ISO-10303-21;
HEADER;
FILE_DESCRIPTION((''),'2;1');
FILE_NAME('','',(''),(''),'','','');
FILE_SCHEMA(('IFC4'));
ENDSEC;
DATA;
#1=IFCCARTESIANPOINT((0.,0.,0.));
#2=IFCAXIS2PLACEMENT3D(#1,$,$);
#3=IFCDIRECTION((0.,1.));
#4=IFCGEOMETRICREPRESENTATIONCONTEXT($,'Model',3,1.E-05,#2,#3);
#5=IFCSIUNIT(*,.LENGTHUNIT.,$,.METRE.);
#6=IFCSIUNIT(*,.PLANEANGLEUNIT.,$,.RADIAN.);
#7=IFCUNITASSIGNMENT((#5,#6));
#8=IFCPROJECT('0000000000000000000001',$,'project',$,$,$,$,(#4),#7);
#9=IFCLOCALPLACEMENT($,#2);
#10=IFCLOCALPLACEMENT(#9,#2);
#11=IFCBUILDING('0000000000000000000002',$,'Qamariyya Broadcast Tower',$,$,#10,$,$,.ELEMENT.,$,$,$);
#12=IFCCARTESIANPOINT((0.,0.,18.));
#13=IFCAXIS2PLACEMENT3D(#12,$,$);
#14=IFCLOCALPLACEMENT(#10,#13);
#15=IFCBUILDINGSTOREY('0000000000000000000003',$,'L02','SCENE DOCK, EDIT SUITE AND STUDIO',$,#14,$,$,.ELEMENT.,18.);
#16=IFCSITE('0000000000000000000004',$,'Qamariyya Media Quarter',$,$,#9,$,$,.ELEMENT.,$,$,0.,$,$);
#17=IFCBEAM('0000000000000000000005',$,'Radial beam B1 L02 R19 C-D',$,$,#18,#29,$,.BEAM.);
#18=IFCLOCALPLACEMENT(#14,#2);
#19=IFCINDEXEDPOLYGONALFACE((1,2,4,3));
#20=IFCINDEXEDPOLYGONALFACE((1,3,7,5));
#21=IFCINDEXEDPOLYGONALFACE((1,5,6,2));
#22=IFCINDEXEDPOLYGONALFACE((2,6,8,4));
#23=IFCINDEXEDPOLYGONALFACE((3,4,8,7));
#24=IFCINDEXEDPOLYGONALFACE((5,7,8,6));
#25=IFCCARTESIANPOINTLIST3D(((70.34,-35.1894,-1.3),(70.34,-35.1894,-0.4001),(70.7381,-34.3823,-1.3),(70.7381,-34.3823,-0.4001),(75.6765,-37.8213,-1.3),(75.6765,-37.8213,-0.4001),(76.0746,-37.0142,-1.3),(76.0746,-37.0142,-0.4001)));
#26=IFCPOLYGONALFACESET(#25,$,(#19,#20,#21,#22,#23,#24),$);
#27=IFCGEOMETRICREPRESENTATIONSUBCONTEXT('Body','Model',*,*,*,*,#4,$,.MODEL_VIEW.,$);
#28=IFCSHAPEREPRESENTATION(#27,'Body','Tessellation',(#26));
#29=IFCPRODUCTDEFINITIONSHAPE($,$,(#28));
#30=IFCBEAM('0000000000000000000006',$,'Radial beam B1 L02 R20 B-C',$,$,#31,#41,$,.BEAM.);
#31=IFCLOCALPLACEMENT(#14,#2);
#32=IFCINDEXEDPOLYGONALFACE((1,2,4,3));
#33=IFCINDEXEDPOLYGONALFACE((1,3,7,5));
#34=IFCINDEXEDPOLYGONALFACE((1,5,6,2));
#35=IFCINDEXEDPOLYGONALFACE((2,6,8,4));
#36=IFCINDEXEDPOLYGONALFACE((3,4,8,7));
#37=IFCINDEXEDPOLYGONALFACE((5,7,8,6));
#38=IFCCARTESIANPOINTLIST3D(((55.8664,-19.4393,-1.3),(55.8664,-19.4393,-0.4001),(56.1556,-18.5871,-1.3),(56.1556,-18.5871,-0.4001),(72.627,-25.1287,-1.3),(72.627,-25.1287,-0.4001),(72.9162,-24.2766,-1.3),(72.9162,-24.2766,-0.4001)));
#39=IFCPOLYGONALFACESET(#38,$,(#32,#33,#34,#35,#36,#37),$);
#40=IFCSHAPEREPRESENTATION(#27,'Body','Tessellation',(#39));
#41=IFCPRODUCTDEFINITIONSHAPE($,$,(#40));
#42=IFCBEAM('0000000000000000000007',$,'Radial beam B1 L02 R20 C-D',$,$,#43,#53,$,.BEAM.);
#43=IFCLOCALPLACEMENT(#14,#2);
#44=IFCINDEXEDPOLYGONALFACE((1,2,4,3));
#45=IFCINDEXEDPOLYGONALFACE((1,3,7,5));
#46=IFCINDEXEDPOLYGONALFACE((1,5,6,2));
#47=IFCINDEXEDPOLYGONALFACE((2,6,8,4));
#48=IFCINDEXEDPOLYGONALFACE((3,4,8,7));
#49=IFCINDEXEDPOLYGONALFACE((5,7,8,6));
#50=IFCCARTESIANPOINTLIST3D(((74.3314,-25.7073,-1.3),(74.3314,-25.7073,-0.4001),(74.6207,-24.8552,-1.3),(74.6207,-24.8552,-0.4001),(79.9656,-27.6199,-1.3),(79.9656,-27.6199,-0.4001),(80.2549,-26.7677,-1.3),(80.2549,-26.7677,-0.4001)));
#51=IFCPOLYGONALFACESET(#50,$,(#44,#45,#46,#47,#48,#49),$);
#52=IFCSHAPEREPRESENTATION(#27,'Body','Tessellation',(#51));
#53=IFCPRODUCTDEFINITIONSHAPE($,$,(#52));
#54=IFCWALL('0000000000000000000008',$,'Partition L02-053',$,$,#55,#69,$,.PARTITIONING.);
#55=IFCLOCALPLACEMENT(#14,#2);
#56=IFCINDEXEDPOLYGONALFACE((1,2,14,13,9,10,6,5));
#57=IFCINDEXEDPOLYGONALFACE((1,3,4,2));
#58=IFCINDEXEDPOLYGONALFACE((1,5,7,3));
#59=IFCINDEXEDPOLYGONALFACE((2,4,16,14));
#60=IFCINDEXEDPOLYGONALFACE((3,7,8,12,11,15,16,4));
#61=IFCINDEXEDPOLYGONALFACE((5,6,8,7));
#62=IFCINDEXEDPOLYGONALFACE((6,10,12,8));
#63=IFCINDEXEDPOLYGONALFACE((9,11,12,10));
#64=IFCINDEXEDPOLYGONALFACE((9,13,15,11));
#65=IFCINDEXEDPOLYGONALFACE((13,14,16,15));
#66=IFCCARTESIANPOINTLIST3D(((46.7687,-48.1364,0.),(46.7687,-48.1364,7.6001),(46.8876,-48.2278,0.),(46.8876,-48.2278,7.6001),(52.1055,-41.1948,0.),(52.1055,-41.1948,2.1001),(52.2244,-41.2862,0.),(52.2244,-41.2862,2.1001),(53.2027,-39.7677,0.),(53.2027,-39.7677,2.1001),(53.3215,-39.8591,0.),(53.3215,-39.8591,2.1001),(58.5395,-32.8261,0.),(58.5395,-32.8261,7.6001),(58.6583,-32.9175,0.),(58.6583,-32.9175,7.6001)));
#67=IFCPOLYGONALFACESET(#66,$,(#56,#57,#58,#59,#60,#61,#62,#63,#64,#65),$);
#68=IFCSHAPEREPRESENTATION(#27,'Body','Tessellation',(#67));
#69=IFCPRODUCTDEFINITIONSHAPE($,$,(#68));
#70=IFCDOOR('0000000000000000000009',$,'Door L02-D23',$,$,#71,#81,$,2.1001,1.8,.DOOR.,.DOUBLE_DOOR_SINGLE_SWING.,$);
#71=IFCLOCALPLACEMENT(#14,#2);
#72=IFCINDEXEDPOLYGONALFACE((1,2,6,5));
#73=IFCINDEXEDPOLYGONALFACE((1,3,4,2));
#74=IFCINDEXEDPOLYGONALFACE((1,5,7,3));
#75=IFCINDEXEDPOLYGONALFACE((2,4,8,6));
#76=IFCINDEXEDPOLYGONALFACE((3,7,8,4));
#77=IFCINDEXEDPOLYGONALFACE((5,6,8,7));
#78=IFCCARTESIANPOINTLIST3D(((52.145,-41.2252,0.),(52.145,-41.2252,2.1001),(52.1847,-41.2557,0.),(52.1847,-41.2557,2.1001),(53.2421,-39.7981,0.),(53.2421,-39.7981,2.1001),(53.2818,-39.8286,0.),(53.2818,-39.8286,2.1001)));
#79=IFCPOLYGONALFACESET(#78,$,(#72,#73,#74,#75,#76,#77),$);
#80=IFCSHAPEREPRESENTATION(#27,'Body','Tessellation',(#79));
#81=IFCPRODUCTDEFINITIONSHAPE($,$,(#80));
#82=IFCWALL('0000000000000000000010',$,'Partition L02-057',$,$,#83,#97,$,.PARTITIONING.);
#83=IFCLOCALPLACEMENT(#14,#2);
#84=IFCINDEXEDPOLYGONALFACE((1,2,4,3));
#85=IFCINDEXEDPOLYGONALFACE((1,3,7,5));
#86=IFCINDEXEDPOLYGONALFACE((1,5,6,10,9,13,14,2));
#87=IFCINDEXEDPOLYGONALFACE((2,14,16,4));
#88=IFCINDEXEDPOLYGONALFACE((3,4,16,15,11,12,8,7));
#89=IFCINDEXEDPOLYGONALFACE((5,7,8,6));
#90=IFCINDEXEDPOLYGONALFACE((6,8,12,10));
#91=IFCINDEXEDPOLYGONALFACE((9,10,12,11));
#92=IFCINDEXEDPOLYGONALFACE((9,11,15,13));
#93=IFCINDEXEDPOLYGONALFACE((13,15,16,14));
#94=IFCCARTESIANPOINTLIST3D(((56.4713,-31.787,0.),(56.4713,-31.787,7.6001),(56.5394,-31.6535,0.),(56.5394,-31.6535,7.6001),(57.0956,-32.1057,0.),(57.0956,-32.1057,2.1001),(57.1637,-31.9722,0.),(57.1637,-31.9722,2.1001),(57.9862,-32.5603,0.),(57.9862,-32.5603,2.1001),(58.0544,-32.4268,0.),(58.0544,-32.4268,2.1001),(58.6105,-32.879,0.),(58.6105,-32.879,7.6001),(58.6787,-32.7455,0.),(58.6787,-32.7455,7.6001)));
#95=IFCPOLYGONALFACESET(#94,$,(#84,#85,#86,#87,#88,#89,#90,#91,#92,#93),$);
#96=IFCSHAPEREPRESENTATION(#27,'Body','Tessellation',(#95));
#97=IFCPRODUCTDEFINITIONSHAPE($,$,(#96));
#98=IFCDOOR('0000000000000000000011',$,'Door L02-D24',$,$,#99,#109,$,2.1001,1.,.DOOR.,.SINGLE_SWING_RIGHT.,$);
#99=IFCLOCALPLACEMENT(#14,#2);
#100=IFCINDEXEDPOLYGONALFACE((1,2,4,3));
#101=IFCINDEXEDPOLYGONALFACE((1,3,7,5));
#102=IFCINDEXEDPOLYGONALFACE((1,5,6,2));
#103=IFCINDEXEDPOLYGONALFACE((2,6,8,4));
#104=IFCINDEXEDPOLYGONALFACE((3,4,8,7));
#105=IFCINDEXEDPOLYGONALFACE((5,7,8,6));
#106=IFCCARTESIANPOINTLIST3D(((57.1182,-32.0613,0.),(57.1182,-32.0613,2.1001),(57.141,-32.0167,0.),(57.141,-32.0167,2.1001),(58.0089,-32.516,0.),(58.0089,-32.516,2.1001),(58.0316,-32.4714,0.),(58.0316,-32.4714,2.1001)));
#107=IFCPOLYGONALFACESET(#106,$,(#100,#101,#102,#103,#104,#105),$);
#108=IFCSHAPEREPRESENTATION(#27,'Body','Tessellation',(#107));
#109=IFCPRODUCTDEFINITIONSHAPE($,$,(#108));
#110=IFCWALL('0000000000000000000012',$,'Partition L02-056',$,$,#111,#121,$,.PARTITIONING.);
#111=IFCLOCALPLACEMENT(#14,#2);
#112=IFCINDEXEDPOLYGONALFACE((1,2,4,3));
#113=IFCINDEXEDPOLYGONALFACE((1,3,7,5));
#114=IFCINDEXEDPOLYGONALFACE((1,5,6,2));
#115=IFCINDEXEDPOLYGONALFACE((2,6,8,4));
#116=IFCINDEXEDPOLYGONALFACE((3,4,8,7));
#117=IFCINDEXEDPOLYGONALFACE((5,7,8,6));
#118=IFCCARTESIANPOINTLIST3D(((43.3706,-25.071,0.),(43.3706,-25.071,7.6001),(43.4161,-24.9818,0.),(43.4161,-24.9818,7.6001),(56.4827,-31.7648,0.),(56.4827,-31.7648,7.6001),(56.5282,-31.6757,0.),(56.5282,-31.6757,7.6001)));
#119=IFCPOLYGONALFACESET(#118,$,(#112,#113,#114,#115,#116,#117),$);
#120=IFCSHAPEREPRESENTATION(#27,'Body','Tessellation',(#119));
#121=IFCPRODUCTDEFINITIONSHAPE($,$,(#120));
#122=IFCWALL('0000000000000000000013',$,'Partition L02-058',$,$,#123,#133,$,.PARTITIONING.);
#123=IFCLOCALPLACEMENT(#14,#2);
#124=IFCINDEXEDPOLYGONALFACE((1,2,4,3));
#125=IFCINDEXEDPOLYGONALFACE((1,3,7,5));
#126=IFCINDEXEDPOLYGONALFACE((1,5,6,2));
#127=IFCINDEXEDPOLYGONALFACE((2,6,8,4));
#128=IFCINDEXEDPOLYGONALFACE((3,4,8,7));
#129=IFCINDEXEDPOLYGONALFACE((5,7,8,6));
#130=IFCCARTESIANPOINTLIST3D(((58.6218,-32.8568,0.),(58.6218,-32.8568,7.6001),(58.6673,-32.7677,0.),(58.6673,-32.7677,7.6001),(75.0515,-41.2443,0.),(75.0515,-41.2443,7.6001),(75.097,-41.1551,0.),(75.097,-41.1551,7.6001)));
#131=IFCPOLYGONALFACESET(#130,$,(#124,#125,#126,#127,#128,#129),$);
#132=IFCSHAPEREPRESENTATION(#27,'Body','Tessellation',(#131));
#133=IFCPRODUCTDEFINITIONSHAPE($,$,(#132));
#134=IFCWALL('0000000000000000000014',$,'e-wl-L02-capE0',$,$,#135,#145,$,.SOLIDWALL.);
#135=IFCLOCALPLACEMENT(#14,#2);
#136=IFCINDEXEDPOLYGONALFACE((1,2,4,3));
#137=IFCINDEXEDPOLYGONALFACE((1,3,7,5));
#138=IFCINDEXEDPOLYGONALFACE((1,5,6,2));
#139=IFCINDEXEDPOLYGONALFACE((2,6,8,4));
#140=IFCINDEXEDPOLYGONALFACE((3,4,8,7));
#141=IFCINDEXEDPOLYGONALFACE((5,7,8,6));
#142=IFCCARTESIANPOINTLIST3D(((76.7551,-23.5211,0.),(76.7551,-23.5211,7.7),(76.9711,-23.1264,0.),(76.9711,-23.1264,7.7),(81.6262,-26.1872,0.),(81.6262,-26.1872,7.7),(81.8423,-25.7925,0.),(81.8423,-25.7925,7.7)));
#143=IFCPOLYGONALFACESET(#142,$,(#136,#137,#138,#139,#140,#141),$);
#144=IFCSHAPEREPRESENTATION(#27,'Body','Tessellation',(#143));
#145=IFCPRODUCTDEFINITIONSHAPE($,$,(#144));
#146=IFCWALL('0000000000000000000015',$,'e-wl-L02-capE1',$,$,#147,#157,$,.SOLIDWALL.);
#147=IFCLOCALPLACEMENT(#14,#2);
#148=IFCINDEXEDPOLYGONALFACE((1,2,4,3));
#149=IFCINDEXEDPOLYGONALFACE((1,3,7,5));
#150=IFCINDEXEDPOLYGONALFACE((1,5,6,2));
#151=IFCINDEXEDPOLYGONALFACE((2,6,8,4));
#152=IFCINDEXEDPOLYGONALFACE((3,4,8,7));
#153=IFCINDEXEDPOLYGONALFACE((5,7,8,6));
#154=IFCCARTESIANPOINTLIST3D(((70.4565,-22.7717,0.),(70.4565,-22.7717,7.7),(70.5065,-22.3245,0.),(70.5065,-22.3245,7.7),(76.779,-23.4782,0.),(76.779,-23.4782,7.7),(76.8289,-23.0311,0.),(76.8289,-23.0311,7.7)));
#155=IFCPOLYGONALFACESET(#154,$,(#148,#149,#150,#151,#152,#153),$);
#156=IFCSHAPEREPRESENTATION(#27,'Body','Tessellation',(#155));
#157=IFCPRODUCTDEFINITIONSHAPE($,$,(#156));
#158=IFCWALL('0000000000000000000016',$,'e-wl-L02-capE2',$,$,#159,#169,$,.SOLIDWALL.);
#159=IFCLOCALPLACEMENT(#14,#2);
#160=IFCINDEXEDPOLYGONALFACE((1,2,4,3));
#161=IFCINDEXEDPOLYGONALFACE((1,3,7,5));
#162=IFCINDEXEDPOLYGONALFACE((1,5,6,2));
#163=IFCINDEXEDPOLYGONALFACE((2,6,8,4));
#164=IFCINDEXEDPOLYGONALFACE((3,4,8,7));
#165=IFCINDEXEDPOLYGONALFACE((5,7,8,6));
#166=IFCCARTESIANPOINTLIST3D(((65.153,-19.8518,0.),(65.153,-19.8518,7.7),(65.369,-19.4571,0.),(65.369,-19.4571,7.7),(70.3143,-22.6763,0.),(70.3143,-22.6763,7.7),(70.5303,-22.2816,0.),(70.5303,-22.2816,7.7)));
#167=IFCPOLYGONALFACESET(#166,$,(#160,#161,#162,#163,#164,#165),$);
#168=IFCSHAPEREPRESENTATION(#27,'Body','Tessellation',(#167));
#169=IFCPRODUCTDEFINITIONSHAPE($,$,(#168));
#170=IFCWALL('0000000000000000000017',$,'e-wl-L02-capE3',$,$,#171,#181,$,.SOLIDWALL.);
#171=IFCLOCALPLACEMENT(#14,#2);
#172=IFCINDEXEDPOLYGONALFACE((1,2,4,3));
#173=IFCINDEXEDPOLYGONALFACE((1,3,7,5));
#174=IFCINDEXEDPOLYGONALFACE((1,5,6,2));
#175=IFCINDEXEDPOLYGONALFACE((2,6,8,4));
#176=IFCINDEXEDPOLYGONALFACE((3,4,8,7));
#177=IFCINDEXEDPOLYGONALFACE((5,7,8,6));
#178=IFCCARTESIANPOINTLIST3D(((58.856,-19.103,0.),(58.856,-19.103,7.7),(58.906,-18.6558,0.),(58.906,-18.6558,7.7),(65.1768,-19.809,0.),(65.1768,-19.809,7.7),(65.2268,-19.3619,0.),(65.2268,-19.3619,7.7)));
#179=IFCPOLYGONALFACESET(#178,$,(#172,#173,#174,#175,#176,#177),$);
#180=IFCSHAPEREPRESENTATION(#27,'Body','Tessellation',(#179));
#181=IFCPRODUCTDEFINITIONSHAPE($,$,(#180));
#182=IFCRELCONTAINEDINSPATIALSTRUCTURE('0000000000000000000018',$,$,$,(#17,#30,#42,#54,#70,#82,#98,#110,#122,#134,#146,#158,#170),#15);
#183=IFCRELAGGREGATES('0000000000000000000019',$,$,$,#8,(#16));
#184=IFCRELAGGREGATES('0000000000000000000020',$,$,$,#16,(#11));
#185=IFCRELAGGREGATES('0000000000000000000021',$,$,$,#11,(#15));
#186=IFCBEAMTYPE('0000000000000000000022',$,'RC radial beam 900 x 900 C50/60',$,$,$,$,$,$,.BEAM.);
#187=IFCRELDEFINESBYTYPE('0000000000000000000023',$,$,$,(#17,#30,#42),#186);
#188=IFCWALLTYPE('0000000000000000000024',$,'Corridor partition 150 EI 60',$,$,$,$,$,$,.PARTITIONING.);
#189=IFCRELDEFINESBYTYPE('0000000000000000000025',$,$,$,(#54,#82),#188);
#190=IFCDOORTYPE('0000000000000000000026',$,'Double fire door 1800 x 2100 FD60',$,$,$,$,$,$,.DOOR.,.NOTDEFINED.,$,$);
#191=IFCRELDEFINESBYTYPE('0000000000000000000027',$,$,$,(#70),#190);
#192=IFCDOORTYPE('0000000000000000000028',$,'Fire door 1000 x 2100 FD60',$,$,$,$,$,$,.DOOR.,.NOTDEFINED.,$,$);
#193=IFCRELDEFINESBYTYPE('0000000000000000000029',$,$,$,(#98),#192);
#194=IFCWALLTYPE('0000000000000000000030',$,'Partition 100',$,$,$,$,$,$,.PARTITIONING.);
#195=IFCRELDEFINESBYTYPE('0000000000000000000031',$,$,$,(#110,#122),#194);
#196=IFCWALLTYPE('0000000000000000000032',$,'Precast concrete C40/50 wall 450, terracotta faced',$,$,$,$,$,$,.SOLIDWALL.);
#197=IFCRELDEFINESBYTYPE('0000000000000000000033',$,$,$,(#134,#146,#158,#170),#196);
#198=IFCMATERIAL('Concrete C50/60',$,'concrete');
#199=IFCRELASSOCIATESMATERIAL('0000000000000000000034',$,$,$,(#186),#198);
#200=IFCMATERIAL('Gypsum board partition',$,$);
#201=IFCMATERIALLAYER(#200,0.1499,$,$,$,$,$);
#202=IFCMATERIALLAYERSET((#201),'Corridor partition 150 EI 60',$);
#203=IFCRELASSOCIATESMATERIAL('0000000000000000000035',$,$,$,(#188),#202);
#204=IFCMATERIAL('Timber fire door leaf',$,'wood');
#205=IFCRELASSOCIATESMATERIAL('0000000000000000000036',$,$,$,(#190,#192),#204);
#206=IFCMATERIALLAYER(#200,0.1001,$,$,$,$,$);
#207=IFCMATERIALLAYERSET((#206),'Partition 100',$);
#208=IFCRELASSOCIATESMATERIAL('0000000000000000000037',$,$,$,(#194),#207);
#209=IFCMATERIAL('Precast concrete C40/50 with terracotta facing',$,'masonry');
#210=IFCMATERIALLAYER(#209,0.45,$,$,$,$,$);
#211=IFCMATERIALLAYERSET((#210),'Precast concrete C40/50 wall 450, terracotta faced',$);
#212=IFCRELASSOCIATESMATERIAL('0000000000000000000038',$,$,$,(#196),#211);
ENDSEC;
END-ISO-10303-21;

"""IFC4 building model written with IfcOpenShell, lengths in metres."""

from ifc_helpers import new_model, si_unit, direction, frame, frame_2d, origin, origin_2d, place, context, subcontext, project, spatial, rectangle, extrude, material, layer, layer_set, material_profile, profile_set, type_object, element, fill, save


model = new_model("IFC4")

# Units and contexts
model_context = context("Model", 3, precision=1e-05, world=origin(), true_north=direction((0.0, 1.0)))
body_context = subcontext(model_context, "Body", "Model", "MODEL_VIEW")
ifc_project = project(units=[si_unit("LENGTHUNIT", "METRE"), si_unit("PLANEANGLEUNIT", "RADIAN")], contexts=[model_context])

# Site, building, storey
site_placement = place(None, origin())
site = spatial("IfcSite", under=ifc_project, at=site_placement, Name="Qamariyya Media Quarter", CompositionType="ELEMENT", RefElevation=0.0)
building_placement = place(site_placement, origin())
building = spatial("IfcBuilding", under=site, at=building_placement, Name="Qamariyya Broadcast Tower", CompositionType="ELEMENT")
storey_placement = place(building_placement, frame((0.0, 0.0, 18.0)))
storey = spatial("IfcBuildingStorey", under=building, at=storey_placement, Name="L02", Description="SCENE DOCK, EDIT SUITE AND STUDIO", CompositionType="ELEMENT", Elevation=18.0)

# Beams
ifc_material_1 = material(Name="Concrete C50/60", Category="concrete")
ifc_material_profile_1 = material_profile(ifc_material_1, rectangle(XDim=0.8999, YDim=0.8999, at=origin_2d()))
ifc_profile_set_1 = profile_set([ifc_material_profile_1], Name="Concrete C50/60")
beam_type_1 = type_object("IfcBeamType", Name="RC radial beam 900 x 900 C50/60", PredefinedType="BEAM", material=ifc_profile_set_1)
beam_1_placement = place(storey_placement, frame((70.5391, -34.7859, -0.8501), z_axis=(0.896859, -0.442316, 0.0), x_axis=(0.442316, 0.896859, 0.0)))
element("IfcBeam", 1, at=beam_1_placement, inside=storey, type_object=beam_type_1, Name="Radial beam B1 L02 R19 C-D", PredefinedType="BEAM", context=body_context, shape_type="SweptSolid", body=[
    extrude(rectangle(XDim=0.8999, YDim=0.8999, at=origin_2d()), origin(), (0.0, 0.0, 1.0), 5.9502),
])
beam_2_placement = place(storey_placement, frame((56.011, -19.0132, -0.8501), z_axis=(0.94693, -0.321441, 0.0), x_axis=(0.321441, 0.94693, 0.0)))
element("IfcBeam", 2, at=beam_2_placement, inside=storey, type_object=beam_type_1, Name="Radial beam B1 L02 R20 B-C", PredefinedType="BEAM", context=body_context, shape_type="SweptSolid", body=[
    extrude(rectangle(XDim=0.8999, YDim=0.8999, at=origin_2d()), origin(), (0.0, 0.0, 1.0), 17.7),
])
beam_3_placement = place(storey_placement, frame((74.4761, -25.2812, -0.8501), z_axis=(0.946929, -0.321442, 0.0), x_axis=(0.321442, 0.946929, 0.0)))
element("IfcBeam", 3, at=beam_3_placement, inside=storey, type_object=beam_type_1, Name="Radial beam B1 L02 R20 C-D", PredefinedType="BEAM", context=body_context, shape_type="SweptSolid", body=[
    extrude(rectangle(XDim=0.8999, YDim=0.8999, at=origin_2d()), origin(), (0.0, 0.0, 1.0), 5.95),
])

# Walls, openings, doors
ifc_material_2 = material(Name="Gypsum board partition")
ifc_layer_1 = layer(ifc_material_2, 0.1499)
ifc_layer_set_1 = layer_set([ifc_layer_1], Name="Corridor partition 150 EI 60")
wall_type_1 = type_object("IfcWallType", Name="Corridor partition 150 EI 60", PredefinedType="PARTITIONING", material=ifc_layer_set_1)
wall_1_placement = place(storey_placement, frame((58.5989, -32.8718, 0.0), z_axis=(0.0, 0.0, 1.0), x_axis=(-0.609502, -0.792784, 0.0)))
wall_1 = element("IfcWall", 4, at=wall_1_placement, inside=storey, type_object=wall_type_1, Name="Partition L02-053", PredefinedType="PARTITIONING", context=body_context, shape_type="SweptSolid", body=[
    extrude(rectangle(XDim=19.312, YDim=0.1499, at=frame_2d((9.656, 0.0))), origin(), (0.0, 0.0, 1.0), 7.6001),
])
opening_1_placement = place(wall_1_placement, frame((8.7561, 0.0, 0.0)))
opening_1 = element("IfcOpeningElement", 5, at=opening_1_placement, cuts=wall_1, PredefinedType="OPENING", context=body_context, shape_type="SweptSolid", body=[
    extrude(rectangle(XDim=1.8, YDim=2.1001, at=frame_2d((0.8999, 1.05))), frame((0.0, 0.085, 0.0), z_axis=(0.0, -1.0, 0.0), x_axis=(1.0, 0.0, 0.0)), (0.0, 0.0, 1.0), 0.1699),
])
ifc_material_3 = material(Name="Timber fire door leaf", Category="wood")
door_type_1 = type_object("IfcDoorType", Name="Double fire door 1800 x 2100 FD60", OperationType="NOTDEFINED", PredefinedType="DOOR", material=ifc_material_3)
door_1_placement = place(opening_1_placement, origin())
door_1 = element("IfcDoor", 6, at=door_1_placement, inside=storey, type_object=door_type_1, Name="Door L02-D23", OperationType="DOUBLE_DOOR_SINGLE_SWING", OverallHeight=2.1001, OverallWidth=1.8, PredefinedType="DOOR", context=body_context, shape_type="SweptSolid", body=[
    extrude(rectangle(XDim=1.8, YDim=2.1001, at=frame_2d((0.8999, 1.05))), frame((0.0, 0.0249, 0.0), z_axis=(0.0, -1.0, 0.0), x_axis=(1.0, 0.0, 0.0)), (0.0, 0.0, 1.0), 0.05),
])
fill(opening_1, door_1)
wall_2_placement = place(storey_placement, frame((56.5054, -31.7202, 0.0), z_axis=(0.0, 0.0, 1.0), x_axis=(0.890655, -0.454679, 0.0)))
wall_2 = element("IfcWall", 7, at=wall_2_placement, inside=storey, type_object=wall_type_1, Name="Partition L02-057", PredefinedType="PARTITIONING", context=body_context, shape_type="SweptSolid", body=[
    extrude(rectangle(XDim=2.4019, YDim=0.1499, at=frame_2d((1.2009, 0.0))), origin(), (0.0, 0.0, 1.0), 7.6001),
])
opening_2_placement = place(wall_2_placement, frame((0.7009, 0.0, 0.0)))
opening_2 = element("IfcOpeningElement", 8, at=opening_2_placement, cuts=wall_2, PredefinedType="OPENING", context=body_context, shape_type="SweptSolid", body=[
    extrude(rectangle(XDim=1.0, YDim=2.1001, at=frame_2d((0.5, 1.05))), frame((0.0, 0.085, 0.0), z_axis=(0.0, -1.0, 0.0), x_axis=(1.0, 0.0, 0.0)), (0.0, 0.0, 1.0), 0.1699),
])
door_type_2 = type_object("IfcDoorType", Name="Fire door 1000 x 2100 FD60", OperationType="NOTDEFINED", PredefinedType="DOOR", material=ifc_material_3)
door_2_placement = place(opening_2_placement, origin())
door_2 = element("IfcDoor", 9, at=door_2_placement, inside=storey, type_object=door_type_2, Name="Door L02-D24", OperationType="SINGLE_SWING_RIGHT", OverallHeight=2.1001, OverallWidth=1.0, PredefinedType="DOOR", context=body_context, shape_type="SweptSolid", body=[
    extrude(rectangle(XDim=1.0, YDim=2.1001, at=frame_2d((0.5, 1.05))), frame((0.0, 0.0249, 0.0), z_axis=(0.0, -1.0, 0.0), x_axis=(1.0, 0.0, 0.0)), (0.0, 0.0, 1.0), 0.05),
])
fill(opening_2, door_2)

# Walls
ifc_layer_2 = layer(ifc_material_2, 0.1001)
ifc_layer_set_2 = layer_set([ifc_layer_2], Name="Partition 100")
wall_type_2 = type_object("IfcWallType", Name="Partition 100", PredefinedType="PARTITIONING", material=ifc_layer_set_2)
wall_3_placement = place(storey_placement, frame((56.5054, -31.7202, 0.0), z_axis=(0.0, 0.0, 1.0), x_axis=(-0.890651, 0.454687, 0.0)))
element("IfcWall", 10, at=wall_3_placement, inside=storey, type_object=wall_type_2, Name="Partition L02-056", PredefinedType="PARTITIONING", context=body_context, shape_type="SweptSolid", body=[
    extrude(rectangle(XDim=14.7219, YDim=0.1001, at=frame_2d((7.3608, 0.0))), origin(), (0.0, 0.0, 1.0), 7.6001),
])
wall_4_placement = place(storey_placement, frame((75.0742, -41.1997, 0.0), z_axis=(0.0, 0.0, 1.0), x_axis=(-0.890653, 0.454684, 0.0)))
element("IfcWall", 11, at=wall_4_placement, inside=storey, type_object=wall_type_2, Name="Partition L02-058", PredefinedType="PARTITIONING", context=body_context, shape_type="SweptSolid", body=[
    extrude(rectangle(XDim=18.4468, YDim=0.1001, at=frame_2d((9.2234, 0.0))), origin(), (0.0, 0.0, 1.0), 7.6001),
])
ifc_material_4 = material(Name="Precast concrete C40/50 with terracotta facing", Category="masonry")
ifc_layer_3 = layer(ifc_material_4, 0.45)
ifc_layer_set_3 = layer_set([ifc_layer_3], Name="Precast concrete C40/50 wall 450, terracotta faced")
wall_type_3 = type_object("IfcWallType", Name="Precast concrete C40/50 wall 450, terracotta faced", PredefinedType="SOLIDWALL", material=ifc_layer_set_3)
wall_5_placement = place(storey_placement, frame((81.7341, -25.9897, 0.0), z_axis=(0.0, 0.0, 1.0), x_axis=(-0.877209, 0.480108, 0.0)))
element("IfcWall", 12, at=wall_5_placement, inside=storey, type_object=wall_type_3, Name="e-wl-L02-capE0", PredefinedType="SOLIDWALL", context=body_context, shape_type="SweptSolid", body=[
    extrude(rectangle(XDim=5.553, YDim=0.45, at=frame_2d((2.7764, 0.0))), origin(), (0.0, 0.0, 1.0), 7.7),
])
wall_6_placement = place(storey_placement, frame((76.804, -23.2546, 0.0), z_axis=(0.0, 0.0, 1.0), x_axis=(-0.993814, 0.111059, 0.0)))
element("IfcWall", 13, at=wall_6_placement, inside=storey, type_object=wall_type_3, Name="e-wl-L02-capE1", PredefinedType="SOLIDWALL", context=body_context, shape_type="SweptSolid", body=[
    extrude(rectangle(XDim=6.3618, YDim=0.45, at=frame_2d((3.1809, 0.0))), origin(), (0.0, 0.0, 1.0), 7.7),
])
wall_7_placement = place(storey_placement, frame((70.4224, -22.479, 0.0), z_axis=(0.0, 0.0, 1.0), x_axis=(-0.87723, 0.48007, 0.0)))
element("IfcWall", 14, at=wall_7_placement, inside=storey, type_object=wall_type_3, Name="e-wl-L02-capE2", PredefinedType="SOLIDWALL", context=body_context, shape_type="SweptSolid", body=[
    extrude(rectangle(XDim=5.8835, YDim=0.45, at=frame_2d((2.9419, 0.0))), origin(), (0.0, 0.0, 1.0), 7.7),
])
wall_8_placement = place(storey_placement, frame((65.2019, -19.5854, 0.0), z_axis=(0.0, 0.0, 1.0), x_axis=(-0.993819, 0.111013, 0.0)))
element("IfcWall", 15, at=wall_8_placement, inside=storey, type_object=wall_type_3, Name="e-wl-L02-capE3", PredefinedType="SOLIDWALL", context=body_context, shape_type="SweptSolid", body=[
    extrude(rectangle(XDim=6.3601, YDim=0.45, at=frame_2d((3.1802, 0.0))), origin(), (0.0, 0.0, 1.0), 7.7),
])

save(model, "model.ifc")
